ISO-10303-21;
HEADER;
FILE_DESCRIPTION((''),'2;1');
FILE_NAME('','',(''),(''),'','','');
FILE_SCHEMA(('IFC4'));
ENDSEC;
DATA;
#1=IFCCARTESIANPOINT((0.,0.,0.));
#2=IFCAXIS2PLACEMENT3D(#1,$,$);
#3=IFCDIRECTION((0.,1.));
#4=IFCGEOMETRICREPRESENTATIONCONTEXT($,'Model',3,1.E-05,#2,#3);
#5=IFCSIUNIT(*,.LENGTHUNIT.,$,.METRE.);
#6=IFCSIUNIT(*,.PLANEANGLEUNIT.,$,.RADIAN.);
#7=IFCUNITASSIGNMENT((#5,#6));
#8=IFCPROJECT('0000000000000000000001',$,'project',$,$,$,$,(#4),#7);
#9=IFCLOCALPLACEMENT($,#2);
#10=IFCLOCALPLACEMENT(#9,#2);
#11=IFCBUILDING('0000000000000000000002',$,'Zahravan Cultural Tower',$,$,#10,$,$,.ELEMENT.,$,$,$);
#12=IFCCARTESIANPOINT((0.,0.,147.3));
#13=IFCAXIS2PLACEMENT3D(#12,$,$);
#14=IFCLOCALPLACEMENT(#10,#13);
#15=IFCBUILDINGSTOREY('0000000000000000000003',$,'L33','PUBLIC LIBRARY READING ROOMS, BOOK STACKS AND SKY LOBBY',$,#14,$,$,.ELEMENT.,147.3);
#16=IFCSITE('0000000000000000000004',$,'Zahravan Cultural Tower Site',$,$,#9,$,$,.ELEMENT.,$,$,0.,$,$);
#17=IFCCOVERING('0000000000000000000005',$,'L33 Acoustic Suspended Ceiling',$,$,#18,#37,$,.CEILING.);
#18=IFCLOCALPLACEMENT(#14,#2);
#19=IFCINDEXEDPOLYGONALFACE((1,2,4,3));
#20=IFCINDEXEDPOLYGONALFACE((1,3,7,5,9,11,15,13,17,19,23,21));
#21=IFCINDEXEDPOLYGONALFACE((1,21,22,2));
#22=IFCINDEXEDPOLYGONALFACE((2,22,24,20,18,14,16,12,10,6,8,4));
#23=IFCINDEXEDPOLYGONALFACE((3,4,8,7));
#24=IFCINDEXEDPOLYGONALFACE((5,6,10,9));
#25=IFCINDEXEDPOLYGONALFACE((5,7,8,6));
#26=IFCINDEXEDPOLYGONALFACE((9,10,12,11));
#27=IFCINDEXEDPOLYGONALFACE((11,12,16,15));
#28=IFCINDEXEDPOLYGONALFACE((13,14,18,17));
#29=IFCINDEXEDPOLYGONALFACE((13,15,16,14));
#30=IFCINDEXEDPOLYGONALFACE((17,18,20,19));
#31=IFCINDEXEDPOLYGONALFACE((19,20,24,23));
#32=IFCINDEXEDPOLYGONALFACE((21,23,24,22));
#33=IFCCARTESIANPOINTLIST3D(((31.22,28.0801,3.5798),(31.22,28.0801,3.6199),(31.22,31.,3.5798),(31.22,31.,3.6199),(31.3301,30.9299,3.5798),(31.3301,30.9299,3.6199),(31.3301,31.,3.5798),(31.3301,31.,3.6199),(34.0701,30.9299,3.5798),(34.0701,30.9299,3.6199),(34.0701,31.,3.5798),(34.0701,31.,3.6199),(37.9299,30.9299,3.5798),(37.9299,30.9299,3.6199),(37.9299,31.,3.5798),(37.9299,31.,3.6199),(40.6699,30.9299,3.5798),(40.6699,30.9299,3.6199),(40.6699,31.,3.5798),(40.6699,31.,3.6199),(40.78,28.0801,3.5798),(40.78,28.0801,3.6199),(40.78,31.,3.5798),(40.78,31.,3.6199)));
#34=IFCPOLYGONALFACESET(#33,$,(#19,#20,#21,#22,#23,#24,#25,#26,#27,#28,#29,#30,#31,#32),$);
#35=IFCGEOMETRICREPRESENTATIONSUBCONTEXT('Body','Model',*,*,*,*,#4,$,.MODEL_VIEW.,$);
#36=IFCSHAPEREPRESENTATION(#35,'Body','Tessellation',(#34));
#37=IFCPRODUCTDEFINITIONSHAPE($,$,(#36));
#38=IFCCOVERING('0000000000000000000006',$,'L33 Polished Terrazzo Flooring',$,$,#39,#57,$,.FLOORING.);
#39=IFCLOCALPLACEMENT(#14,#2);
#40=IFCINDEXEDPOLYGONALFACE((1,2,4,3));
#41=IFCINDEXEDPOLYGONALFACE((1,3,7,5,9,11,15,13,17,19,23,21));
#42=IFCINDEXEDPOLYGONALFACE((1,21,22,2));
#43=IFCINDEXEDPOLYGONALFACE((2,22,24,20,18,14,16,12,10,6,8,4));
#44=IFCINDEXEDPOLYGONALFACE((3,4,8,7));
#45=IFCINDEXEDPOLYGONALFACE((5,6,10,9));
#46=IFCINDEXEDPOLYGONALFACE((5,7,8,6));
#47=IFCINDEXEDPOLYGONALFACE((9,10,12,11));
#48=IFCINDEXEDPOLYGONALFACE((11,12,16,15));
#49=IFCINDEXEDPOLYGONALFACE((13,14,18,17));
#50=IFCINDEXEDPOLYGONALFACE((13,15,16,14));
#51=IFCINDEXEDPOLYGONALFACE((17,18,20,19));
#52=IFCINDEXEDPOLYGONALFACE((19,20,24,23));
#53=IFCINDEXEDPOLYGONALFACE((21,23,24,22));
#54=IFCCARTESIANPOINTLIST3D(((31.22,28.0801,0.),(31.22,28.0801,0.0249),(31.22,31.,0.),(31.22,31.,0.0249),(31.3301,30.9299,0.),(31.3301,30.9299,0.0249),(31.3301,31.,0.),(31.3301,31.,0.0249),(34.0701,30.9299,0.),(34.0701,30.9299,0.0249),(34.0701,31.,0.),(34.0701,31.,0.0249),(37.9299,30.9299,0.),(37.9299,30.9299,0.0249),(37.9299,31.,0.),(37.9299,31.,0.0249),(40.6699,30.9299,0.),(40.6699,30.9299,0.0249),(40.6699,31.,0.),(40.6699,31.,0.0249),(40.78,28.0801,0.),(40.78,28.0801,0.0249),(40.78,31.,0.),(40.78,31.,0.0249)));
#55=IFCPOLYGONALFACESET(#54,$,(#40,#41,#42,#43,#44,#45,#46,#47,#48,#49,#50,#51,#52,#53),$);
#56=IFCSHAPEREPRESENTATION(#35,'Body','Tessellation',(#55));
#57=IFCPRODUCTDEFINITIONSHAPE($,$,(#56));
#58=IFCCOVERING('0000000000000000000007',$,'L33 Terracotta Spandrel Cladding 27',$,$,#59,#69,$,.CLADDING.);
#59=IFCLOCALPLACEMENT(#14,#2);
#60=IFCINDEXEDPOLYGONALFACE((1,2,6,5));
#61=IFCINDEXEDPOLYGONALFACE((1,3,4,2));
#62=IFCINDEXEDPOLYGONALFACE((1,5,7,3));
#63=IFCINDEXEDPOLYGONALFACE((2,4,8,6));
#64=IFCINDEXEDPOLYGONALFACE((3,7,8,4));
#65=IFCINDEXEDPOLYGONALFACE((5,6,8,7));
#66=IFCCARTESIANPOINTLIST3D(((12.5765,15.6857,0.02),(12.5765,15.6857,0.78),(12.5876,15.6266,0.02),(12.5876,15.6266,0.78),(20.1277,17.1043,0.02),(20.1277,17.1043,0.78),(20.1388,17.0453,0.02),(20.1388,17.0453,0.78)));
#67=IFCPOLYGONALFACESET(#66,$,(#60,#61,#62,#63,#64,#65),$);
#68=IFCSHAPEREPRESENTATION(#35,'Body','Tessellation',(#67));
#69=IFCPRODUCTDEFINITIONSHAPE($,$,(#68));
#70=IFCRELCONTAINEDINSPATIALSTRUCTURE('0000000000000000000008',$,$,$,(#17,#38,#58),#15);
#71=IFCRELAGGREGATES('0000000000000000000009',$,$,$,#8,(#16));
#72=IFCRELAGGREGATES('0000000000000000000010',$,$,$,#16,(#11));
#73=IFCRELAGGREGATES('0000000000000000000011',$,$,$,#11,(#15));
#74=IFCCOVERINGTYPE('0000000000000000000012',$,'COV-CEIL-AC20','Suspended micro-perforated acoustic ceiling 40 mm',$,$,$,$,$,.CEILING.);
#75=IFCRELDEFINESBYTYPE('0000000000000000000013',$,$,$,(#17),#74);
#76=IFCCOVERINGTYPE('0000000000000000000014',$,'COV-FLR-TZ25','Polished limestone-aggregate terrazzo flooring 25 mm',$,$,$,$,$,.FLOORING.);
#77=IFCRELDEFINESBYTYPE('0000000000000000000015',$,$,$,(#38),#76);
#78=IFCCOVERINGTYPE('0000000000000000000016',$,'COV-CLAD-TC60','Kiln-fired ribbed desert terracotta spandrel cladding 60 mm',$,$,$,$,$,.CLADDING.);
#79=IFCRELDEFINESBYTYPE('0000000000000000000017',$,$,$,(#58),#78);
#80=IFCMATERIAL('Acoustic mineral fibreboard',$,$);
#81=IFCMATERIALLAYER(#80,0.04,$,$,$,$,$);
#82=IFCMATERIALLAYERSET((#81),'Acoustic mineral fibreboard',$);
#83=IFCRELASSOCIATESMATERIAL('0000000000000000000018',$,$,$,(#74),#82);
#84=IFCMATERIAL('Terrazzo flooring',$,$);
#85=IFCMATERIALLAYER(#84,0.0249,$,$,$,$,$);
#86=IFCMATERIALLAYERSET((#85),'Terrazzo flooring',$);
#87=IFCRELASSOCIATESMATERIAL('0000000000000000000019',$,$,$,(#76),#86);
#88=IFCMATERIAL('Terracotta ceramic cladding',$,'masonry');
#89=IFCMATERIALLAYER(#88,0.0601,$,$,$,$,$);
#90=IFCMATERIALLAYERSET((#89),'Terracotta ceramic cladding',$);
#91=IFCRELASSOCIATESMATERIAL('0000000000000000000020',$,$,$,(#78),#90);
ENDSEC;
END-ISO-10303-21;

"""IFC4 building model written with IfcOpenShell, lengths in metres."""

from ifc_helpers import new_model, si_unit, direction, frame, origin, origin_2d, place, context, subcontext, project, spatial, polyline, rectangle, outline, extrude, source, transform, mapped, material, layer, layer_set, type_object, element, save


model = new_model("IFC4")

# Units and contexts
model_context = context("Model", 3, precision=1e-05, world=origin(), true_north=direction((0.0, 1.0)))
body_context = subcontext(model_context, "Body", "Model", "MODEL_VIEW")
ifc_project = project(units=[si_unit("LENGTHUNIT", "METRE"), si_unit("PLANEANGLEUNIT", "RADIAN")], contexts=[model_context])

# Site, building, storey
site_placement = place(None, origin())
site = spatial("IfcSite", under=ifc_project, at=site_placement, Name="Zahravan Cultural Tower Site", CompositionType="ELEMENT", RefElevation=0.0)
building_placement = place(site_placement, origin())
building = spatial("IfcBuilding", under=site, at=building_placement, Name="Zahravan Cultural Tower", CompositionType="ELEMENT")
storey_placement = place(building_placement, frame((0.0, 0.0, 147.3)))
storey = spatial("IfcBuildingStorey", under=building, at=storey_placement, Name="L33", Description="PUBLIC LIBRARY READING ROOMS, BOOK STACKS AND SKY LOBBY", CompositionType="ELEMENT", Elevation=147.3)

# Coverings
ifc_material_1 = material(Name="Acoustic mineral fibreboard")
ifc_layer_1 = layer(ifc_material_1, 0.04)
ifc_layer_set_1 = layer_set([ifc_layer_1], Name="Acoustic mineral fibreboard")
covering_type_1 = type_object("IfcCoveringType", Name="COV-CEIL-AC20", Description="Suspended micro-perforated acoustic ceiling 40 mm", PredefinedType="CEILING", material=ifc_layer_set_1)
covering_1_placement = place(storey_placement, frame((0.0, 0.0, 3.5798)))
element("IfcCovering", 1, at=covering_1_placement, inside=storey, type_object=covering_type_1, Name="L33 Acoustic Suspended Ceiling", PredefinedType="CEILING", context=body_context, shape_type="SweptSolid", body=[
    extrude(outline(polyline([(31.22, 31.0), (31.22, 28.0801), (40.78, 28.0801), (40.78, 31.0), (40.6699, 31.0), (40.6699, 30.9299), (37.9299, 30.9299), (37.9299, 31.0), (34.0701, 31.0), (34.0701, 30.9299), (31.3301, 30.9299), (31.3301, 31.0), (31.22, 31.0)])), origin(), (0.0, 0.0, 1.0), 0.04),
])
ifc_material_2 = material(Name="Terrazzo flooring")
ifc_layer_2 = layer(ifc_material_2, 0.0249)
ifc_layer_set_2 = layer_set([ifc_layer_2], Name="Terrazzo flooring")
covering_type_2 = type_object("IfcCoveringType", Name="COV-FLR-TZ25", Description="Polished limestone-aggregate terrazzo flooring 25 mm", PredefinedType="FLOORING", material=ifc_layer_set_2)
covering_2_placement = place(storey_placement, origin())
element("IfcCovering", 2, at=covering_2_placement, inside=storey, type_object=covering_type_2, Name="L33 Polished Terrazzo Flooring", PredefinedType="FLOORING", context=body_context, shape_type="SweptSolid", body=[
    extrude(outline(polyline([(31.22, 31.0), (31.22, 28.0801), (40.78, 28.0801), (40.78, 31.0), (40.6699, 31.0), (40.6699, 30.9299), (37.9299, 30.9299), (37.9299, 31.0), (34.0701, 31.0), (34.0701, 30.9299), (31.3301, 30.9299), (31.3301, 31.0), (31.22, 31.0)])), origin(), (0.0, 0.0, 1.0), 0.0249),
])
ifc_material_3 = material(Name="Terracotta ceramic cladding", Category="masonry")
ifc_layer_3 = layer(ifc_material_3, 0.0601)
ifc_layer_set_3 = layer_set([ifc_layer_3], Name="Terracotta ceramic cladding")
covering_type_3 = type_object("IfcCoveringType", Name="COV-CLAD-TC60", Description="Kiln-fired ribbed desert terracotta spandrel cladding 60 mm", PredefinedType="CLADDING", material=ifc_layer_set_3)
shared_shape_1 = source(origin(), body_context, "Body", "SweptSolid", [
    extrude(rectangle(XDim=7.6833, YDim=0.0601, at=origin_2d()), origin(), (0.0, 0.0, 1.0), 0.76),
])
covering_3_placement = place(storey_placement, frame((16.3577, 16.3655, 0.02), z_axis=(0.0, 0.0, 1.0), x_axis=(-0.982807, -0.184638, 0.0)))
element("IfcCovering", 3, at=covering_3_placement, inside=storey, type_object=covering_type_3, Name="L33 Terracotta Spandrel Cladding 27", PredefinedType="CLADDING", context=body_context, shape_type="MappedRepresentation", body=[
    mapped(shared_shape_1, transform((0.0, 0.0, 0.0), x_axis=(1.0, 0.0, 0.0), y_axis=(0.0, 1.0, 0.0), z_axis=(0.0, 0.0, 1.0), scale=1.0)),
])

save(model, "model.ifc")
